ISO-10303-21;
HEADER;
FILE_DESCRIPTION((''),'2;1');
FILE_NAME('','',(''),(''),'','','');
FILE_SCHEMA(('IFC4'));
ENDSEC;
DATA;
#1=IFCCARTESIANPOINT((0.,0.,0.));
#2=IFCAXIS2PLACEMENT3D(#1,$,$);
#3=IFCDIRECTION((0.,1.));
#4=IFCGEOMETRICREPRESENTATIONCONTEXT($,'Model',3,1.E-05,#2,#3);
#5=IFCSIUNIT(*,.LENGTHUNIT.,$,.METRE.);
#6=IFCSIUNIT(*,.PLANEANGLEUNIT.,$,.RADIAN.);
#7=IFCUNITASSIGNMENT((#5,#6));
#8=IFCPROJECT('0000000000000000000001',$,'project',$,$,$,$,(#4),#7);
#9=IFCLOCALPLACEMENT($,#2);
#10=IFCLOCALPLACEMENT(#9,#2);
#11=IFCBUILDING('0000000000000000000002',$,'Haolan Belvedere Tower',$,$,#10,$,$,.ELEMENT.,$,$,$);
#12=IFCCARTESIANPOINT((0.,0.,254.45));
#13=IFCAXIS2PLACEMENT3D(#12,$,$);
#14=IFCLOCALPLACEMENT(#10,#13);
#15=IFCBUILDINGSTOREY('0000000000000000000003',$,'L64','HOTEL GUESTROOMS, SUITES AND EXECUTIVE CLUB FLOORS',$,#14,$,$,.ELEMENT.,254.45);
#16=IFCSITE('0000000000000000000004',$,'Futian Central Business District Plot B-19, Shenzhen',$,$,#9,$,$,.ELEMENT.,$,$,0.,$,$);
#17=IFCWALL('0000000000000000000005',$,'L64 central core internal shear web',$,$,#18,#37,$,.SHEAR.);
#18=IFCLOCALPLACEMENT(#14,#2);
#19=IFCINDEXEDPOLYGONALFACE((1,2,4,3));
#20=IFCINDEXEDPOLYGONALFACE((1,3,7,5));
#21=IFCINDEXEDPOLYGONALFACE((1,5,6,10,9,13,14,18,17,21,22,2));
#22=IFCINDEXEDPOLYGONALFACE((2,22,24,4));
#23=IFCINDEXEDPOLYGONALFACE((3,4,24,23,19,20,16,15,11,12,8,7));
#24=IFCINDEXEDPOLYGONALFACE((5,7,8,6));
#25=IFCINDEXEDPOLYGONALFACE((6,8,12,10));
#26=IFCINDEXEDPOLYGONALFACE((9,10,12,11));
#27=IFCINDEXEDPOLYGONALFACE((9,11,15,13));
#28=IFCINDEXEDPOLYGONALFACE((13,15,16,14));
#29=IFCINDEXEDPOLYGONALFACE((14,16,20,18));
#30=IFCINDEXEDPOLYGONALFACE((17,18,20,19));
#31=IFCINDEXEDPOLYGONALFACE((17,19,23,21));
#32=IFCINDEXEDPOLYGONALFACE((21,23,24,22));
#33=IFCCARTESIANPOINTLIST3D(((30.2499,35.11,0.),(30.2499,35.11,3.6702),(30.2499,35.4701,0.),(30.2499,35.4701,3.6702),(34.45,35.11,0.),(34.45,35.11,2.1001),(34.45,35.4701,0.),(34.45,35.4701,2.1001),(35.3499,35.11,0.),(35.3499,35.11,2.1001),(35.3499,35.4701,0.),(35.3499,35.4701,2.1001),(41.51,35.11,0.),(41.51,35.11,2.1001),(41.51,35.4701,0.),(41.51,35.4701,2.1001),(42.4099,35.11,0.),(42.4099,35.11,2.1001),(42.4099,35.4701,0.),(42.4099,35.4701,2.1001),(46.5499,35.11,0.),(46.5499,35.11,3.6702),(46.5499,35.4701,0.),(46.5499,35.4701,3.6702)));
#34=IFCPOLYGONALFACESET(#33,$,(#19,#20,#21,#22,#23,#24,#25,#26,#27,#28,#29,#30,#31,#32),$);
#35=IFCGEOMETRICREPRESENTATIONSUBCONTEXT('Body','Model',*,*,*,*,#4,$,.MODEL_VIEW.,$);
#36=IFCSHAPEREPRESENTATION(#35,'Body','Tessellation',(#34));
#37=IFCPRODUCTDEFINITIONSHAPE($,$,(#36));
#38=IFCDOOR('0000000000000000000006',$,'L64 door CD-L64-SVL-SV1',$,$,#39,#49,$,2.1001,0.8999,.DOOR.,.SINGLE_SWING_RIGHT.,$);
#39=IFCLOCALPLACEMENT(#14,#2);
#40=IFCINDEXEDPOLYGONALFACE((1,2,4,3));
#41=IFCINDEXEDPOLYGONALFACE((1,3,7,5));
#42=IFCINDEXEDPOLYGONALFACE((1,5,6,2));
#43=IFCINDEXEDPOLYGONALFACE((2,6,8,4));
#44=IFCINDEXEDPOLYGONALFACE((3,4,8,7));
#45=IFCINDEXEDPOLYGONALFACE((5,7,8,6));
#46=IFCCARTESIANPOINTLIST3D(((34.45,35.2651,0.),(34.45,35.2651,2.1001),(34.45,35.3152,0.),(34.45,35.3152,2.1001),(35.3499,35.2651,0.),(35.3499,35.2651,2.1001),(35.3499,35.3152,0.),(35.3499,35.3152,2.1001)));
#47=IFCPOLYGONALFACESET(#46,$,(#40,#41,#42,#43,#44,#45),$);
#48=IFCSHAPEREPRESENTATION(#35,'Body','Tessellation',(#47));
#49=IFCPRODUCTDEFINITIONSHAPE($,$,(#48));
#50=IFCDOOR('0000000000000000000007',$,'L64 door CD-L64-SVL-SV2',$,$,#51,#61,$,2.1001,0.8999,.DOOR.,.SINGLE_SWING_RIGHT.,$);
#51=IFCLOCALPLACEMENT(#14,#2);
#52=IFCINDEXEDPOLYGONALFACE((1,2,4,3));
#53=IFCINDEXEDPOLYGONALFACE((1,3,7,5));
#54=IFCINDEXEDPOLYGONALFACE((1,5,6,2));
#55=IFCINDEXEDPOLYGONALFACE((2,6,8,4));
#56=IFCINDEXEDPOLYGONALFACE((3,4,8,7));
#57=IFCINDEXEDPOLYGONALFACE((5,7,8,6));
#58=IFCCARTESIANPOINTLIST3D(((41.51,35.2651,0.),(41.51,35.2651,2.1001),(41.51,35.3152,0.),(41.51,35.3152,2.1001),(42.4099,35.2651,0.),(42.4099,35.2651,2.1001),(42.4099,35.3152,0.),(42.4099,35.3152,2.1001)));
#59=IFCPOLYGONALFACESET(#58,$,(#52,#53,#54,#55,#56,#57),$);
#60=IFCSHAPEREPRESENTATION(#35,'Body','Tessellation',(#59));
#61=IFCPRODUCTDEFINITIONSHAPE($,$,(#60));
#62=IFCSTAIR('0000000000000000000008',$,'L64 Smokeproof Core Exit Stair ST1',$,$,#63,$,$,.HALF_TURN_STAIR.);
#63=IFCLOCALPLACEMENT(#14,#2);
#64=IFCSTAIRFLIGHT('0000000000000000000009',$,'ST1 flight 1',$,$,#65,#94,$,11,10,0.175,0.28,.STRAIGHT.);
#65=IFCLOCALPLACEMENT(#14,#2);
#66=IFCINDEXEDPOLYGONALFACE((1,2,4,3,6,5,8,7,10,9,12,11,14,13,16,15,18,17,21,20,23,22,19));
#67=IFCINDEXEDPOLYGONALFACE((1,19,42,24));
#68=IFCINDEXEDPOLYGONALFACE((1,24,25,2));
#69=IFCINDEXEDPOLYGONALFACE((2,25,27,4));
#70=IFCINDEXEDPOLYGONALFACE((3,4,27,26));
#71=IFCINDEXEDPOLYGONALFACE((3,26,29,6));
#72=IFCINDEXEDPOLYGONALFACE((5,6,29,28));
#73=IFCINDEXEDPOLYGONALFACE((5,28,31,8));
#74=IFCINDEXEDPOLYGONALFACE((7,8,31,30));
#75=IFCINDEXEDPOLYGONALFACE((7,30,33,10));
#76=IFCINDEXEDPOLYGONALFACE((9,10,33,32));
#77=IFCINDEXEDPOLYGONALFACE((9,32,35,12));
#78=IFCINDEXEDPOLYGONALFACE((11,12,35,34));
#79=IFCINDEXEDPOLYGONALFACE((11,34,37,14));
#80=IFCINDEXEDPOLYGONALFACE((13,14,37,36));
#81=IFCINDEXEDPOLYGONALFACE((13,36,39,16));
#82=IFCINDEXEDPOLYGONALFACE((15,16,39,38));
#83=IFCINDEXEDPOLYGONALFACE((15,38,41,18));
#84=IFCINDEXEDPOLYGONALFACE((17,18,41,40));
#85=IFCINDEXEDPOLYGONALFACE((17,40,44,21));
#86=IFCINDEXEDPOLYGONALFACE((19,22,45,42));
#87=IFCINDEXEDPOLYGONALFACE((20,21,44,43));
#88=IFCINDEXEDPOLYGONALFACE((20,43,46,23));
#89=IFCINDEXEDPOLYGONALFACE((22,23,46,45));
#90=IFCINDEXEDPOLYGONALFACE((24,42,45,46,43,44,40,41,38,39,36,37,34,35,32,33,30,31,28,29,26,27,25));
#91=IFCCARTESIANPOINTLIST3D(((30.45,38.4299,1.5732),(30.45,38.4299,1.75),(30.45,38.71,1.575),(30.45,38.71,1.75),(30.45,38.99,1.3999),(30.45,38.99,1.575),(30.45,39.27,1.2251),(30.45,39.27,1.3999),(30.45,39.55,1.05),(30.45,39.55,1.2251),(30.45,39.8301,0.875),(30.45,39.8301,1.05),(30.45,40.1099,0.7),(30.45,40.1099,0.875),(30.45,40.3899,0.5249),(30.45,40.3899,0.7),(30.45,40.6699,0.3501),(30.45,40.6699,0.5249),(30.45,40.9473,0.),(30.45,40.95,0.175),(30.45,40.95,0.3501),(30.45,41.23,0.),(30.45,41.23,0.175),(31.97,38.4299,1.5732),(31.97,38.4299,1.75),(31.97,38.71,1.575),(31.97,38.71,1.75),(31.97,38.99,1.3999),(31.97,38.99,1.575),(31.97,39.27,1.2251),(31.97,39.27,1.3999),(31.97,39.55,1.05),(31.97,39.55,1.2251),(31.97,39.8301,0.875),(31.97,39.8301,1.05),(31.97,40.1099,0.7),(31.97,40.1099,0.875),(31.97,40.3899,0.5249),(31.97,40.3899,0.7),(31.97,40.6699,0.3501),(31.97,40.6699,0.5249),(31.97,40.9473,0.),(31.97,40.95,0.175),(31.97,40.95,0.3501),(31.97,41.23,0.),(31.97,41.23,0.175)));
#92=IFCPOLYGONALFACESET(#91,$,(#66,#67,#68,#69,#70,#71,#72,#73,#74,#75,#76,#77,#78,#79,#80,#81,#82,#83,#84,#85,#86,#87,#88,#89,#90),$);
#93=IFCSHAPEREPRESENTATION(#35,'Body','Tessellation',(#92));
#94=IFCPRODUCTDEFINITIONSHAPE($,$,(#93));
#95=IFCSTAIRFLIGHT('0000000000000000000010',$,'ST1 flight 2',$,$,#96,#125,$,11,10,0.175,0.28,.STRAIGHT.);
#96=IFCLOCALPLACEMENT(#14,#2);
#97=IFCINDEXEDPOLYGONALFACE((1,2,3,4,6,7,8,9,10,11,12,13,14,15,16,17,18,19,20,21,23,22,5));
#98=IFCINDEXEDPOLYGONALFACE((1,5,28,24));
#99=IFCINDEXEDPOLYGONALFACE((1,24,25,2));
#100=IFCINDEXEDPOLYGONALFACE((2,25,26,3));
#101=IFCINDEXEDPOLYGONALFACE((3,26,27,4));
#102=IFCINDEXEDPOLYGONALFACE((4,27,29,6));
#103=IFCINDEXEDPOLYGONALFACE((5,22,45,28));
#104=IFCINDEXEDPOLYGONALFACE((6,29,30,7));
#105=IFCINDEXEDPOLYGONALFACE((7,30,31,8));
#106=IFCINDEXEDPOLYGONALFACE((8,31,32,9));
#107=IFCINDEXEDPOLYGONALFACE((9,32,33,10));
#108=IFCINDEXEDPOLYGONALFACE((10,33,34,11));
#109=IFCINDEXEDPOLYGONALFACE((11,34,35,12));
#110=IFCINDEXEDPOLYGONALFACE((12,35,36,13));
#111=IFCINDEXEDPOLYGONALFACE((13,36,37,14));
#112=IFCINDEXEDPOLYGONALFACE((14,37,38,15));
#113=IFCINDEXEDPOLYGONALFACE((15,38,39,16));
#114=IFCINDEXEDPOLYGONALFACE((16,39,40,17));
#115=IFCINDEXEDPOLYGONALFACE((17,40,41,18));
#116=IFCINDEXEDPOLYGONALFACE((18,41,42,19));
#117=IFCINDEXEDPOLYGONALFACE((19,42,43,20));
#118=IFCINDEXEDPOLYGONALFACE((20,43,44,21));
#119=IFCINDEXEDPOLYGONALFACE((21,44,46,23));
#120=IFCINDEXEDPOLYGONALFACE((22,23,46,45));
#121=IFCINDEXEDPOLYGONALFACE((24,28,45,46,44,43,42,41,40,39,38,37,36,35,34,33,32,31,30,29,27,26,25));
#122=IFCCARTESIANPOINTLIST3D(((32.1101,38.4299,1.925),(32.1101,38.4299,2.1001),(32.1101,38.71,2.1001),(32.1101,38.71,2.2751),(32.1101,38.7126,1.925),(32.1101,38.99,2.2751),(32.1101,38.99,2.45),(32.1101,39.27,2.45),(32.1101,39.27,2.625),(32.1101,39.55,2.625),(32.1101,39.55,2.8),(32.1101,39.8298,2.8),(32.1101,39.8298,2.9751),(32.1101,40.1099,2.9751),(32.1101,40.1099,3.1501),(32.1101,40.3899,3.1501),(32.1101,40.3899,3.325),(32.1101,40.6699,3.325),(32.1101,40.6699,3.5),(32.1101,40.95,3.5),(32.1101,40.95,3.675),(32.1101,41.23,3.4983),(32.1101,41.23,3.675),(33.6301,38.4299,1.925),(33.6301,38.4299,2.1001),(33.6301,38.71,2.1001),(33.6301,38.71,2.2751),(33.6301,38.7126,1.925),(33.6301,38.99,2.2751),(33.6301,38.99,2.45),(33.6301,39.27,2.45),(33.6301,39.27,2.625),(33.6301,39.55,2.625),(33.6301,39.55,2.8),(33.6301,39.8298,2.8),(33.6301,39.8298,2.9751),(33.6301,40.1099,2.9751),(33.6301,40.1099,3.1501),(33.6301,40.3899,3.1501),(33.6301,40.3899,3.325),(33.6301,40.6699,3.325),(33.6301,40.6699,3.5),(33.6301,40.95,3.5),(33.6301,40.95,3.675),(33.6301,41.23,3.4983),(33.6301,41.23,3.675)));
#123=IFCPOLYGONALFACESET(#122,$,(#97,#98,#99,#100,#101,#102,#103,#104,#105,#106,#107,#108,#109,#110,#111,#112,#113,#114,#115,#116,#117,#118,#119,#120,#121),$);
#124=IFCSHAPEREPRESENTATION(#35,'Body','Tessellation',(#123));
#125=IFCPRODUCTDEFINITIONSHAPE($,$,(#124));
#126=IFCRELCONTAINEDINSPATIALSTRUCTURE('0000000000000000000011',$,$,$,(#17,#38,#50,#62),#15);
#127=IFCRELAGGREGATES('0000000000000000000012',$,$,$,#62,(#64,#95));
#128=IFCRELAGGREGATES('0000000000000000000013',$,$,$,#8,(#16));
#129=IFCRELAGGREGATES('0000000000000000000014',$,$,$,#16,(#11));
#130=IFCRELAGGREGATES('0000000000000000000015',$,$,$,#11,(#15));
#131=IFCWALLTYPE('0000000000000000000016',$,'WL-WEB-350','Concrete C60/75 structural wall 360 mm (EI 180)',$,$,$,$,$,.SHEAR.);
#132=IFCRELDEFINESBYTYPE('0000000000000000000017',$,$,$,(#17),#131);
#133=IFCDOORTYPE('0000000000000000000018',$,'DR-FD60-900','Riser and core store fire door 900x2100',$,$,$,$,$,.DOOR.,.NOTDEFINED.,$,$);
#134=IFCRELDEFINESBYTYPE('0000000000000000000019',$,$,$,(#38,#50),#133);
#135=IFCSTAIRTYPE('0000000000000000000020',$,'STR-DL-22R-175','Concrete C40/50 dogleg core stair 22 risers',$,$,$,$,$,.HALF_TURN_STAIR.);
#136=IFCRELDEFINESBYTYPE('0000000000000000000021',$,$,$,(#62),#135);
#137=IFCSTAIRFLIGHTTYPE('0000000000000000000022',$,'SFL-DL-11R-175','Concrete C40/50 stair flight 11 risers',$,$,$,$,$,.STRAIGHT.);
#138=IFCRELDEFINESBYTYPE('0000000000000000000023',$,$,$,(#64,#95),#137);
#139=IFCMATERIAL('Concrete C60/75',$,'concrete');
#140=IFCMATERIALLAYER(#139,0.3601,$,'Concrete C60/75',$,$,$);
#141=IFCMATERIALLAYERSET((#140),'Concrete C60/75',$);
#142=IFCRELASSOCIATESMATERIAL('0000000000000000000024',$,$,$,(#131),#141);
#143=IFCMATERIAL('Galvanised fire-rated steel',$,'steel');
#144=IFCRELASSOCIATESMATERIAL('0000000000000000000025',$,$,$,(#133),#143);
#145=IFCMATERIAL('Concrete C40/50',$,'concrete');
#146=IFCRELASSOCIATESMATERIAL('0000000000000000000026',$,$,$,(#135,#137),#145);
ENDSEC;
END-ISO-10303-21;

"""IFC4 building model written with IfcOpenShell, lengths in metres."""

from ifc_helpers import new_model, si_unit, direction, frame, frame_2d, origin, place, context, subcontext, project, spatial, polyline, rectangle, outline, extrude, material, layer, layer_set, type_object, element, fill, aggregate, save


model = new_model("IFC4")

# Units and contexts
model_context = context("Model", 3, precision=1e-05, world=origin(), true_north=direction((0.0, 1.0)))
body_context = subcontext(model_context, "Body", "Model", "MODEL_VIEW")
ifc_project = project(units=[si_unit("LENGTHUNIT", "METRE"), si_unit("PLANEANGLEUNIT", "RADIAN")], contexts=[model_context])

# Site, building, storey
site_placement = place(None, origin())
site = spatial("IfcSite", under=ifc_project, at=site_placement, Name="Futian Central Business District Plot B-19, Shenzhen", CompositionType="ELEMENT", RefElevation=0.0)
building_placement = place(site_placement, origin())
building = spatial("IfcBuilding", under=site, at=building_placement, Name="Haolan Belvedere Tower", CompositionType="ELEMENT")
storey_placement = place(building_placement, frame((0.0, 0.0, 254.45)))
storey = spatial("IfcBuildingStorey", under=building, at=storey_placement, Name="L64", Description="HOTEL GUESTROOMS, SUITES AND EXECUTIVE CLUB FLOORS", CompositionType="ELEMENT", Elevation=254.45)

# Wall, openings, doors
ifc_material_1 = material(Name="Concrete C60/75", Category="concrete")
ifc_layer_1 = layer(ifc_material_1, 0.3601, Name="Concrete C60/75")
ifc_layer_set_1 = layer_set([ifc_layer_1], Name="Concrete C60/75")
wall_type_1 = type_object("IfcWallType", Name="WL-WEB-350", Description="Concrete C60/75 structural wall 360 mm (EI 180)", PredefinedType="SHEAR", material=ifc_layer_set_1)
wall_1_placement = place(storey_placement, frame((30.25, 35.29, 0.0), z_axis=(0.0, 0.0, 1.0), x_axis=(1.0, 0.0, 0.0)))
wall_1 = element("IfcWall", 1, at=wall_1_placement, inside=storey, type_object=wall_type_1, Name="L64 central core internal shear web", PredefinedType="SHEAR", context=body_context, shape_type="SweptSolid", body=[
    extrude(rectangle(XDim=16.3, YDim=0.3601, at=frame_2d((8.1499, 0.0))), origin(), (0.0, 0.0, 1.0), 3.6702),
])
opening_1_placement = place(wall_1_placement, frame((5.0999, 0.0, 0.0), z_axis=(0.0, 0.0, 1.0), x_axis=(-1.0, 0.0, 0.0)))
opening_1 = element("IfcOpeningElement", 2, at=opening_1_placement, cuts=wall_1, PredefinedType="OPENING", context=body_context, shape_type="SweptSolid", body=[
    extrude(rectangle(XDim=0.8999, YDim=2.1001, at=frame_2d((0.45, 1.05))), frame((0.0, 0.1899, 0.0), z_axis=(0.0, -1.0, 0.0), x_axis=(1.0, 0.0, 0.0)), (0.0, 0.0, 1.0), 0.3801),
])
opening_2_placement = place(wall_1_placement, frame((12.1599, 0.0, 0.0), z_axis=(0.0, 0.0, 1.0), x_axis=(-1.0, 0.0, 0.0)))
opening_2 = element("IfcOpeningElement", 3, at=opening_2_placement, cuts=wall_1, PredefinedType="OPENING", context=body_context, shape_type="SweptSolid", body=[
    extrude(rectangle(XDim=0.8999, YDim=2.1001, at=frame_2d((0.45, 1.05))), frame((0.0, 0.1899, 0.0), z_axis=(0.0, -1.0, 0.0), x_axis=(1.0, 0.0, 0.0)), (0.0, 0.0, 1.0), 0.3801),
])
ifc_material_2 = material(Name="Galvanised fire-rated steel", Category="steel")
door_type_1 = type_object("IfcDoorType", Name="DR-FD60-900", Description="Riser and core store fire door 900x2100", OperationType="NOTDEFINED", PredefinedType="DOOR", material=ifc_material_2)
door_1_placement = place(opening_1_placement, origin())
door_1 = element("IfcDoor", 4, at=door_1_placement, inside=storey, type_object=door_type_1, Name="L64 door CD-L64-SVL-SV1", OperationType="SINGLE_SWING_RIGHT", OverallHeight=2.1001, OverallWidth=0.8999, PredefinedType="DOOR", context=body_context, shape_type="SweptSolid", body=[
    extrude(rectangle(XDim=0.8999, YDim=2.1001, at=frame_2d((0.45, 1.05))), frame((0.0, 0.0249, 0.0), z_axis=(0.0, -1.0, 0.0), x_axis=(1.0, 0.0, 0.0)), (0.0, 0.0, 1.0), 0.05),
])
fill(opening_1, door_1)
door_2_placement = place(opening_2_placement, origin())
door_2 = element("IfcDoor", 5, at=door_2_placement, inside=storey, type_object=door_type_1, Name="L64 door CD-L64-SVL-SV2", OperationType="SINGLE_SWING_RIGHT", OverallHeight=2.1001, OverallWidth=0.8999, PredefinedType="DOOR", context=body_context, shape_type="SweptSolid", body=[
    extrude(rectangle(XDim=0.8999, YDim=2.1001, at=frame_2d((0.45, 1.05))), frame((0.0, 0.0249, 0.0), z_axis=(0.0, -1.0, 0.0), x_axis=(1.0, 0.0, 0.0)), (0.0, 0.0, 1.0), 0.05),
])
fill(opening_2, door_2)

# Stair, stair flights
ifc_material_3 = material(Name="Concrete C40/50", Category="concrete")
stair_type = type_object("IfcStairType", Name="STR-DL-22R-175", Description="Concrete C40/50 dogleg core stair 22 risers", PredefinedType="HALF_TURN_STAIR", material=ifc_material_3)
stair_placement = place(storey_placement, origin())
stair = element("IfcStair", 6, at=stair_placement, inside=storey, type_object=stair_type, Name="L64 Smokeproof Core Exit Stair ST1", PredefinedType="HALF_TURN_STAIR")
stair_flight_type = type_object("IfcStairFlightType", Name="SFL-DL-11R-175", Description="Concrete C40/50 stair flight 11 risers", PredefinedType="STRAIGHT", material=ifc_material_3)
stair_flight_1_placement = place(storey_placement, frame((31.21, 41.23, 0.0), z_axis=(0.0, 0.0, 1.0), x_axis=(0.0, -1.0, 0.0)))
stair_flight_1 = element("IfcStairFlight", 7, at=stair_flight_1_placement, type_object=stair_flight_type, Name="ST1 flight 1", NumberOfRisers=11, NumberOfTreads=10, PredefinedType="STRAIGHT", RiserHeight=0.175, TreadLength=0.28, context=body_context, shape_type="SweptSolid", body=[
    extrude(outline(polyline([(0.0, 0.0), (0.0, 0.175), (0.28, 0.175), (0.28, 0.3501), (0.5601, 0.3501), (0.5601, 0.5249), (0.8401, 0.5249), (0.8401, 0.7), (1.1201, 0.7), (1.1201, 0.875), (1.3999, 0.875), (1.3999, 1.05), (1.6799, 1.05), (1.6799, 1.2251), (1.96, 1.2251), (1.96, 1.3999), (2.24, 1.3999), (2.24, 1.575), (2.52, 1.575), (2.52, 1.75), (2.8, 1.75), (2.8, 1.925), (2.8, 1.5732), (0.2827, 0.0), (0.0, 0.0)])), frame((0.0, 0.76, 0.0), z_axis=(0.0, -1.0, 0.0), x_axis=(1.0, 0.0, 0.0)), (0.0, 0.0, 1.0), 1.52),
])
stair_flight_2_placement = place(storey_placement, frame((32.8701, 38.4299, 1.925), z_axis=(0.0, 0.0, 1.0), x_axis=(0.0, 1.0, 0.0)))
stair_flight_2 = element("IfcStairFlight", 8, at=stair_flight_2_placement, type_object=stair_flight_type, Name="ST1 flight 2", NumberOfRisers=11, NumberOfTreads=10, PredefinedType="STRAIGHT", RiserHeight=0.175, TreadLength=0.28, context=body_context, shape_type="SweptSolid", body=[
    extrude(outline(polyline([(0.0, 0.0), (0.0, 0.175), (0.28, 0.175), (0.28, 0.3501), (0.5601, 0.3501), (0.5601, 0.5249), (0.8401, 0.5249), (0.8401, 0.7), (1.1201, 0.7), (1.1201, 0.875), (1.3999, 0.875), (1.3999, 1.05), (1.6799, 1.05), (1.6799, 1.2251), (1.96, 1.2251), (1.96, 1.3999), (2.24, 1.3999), (2.24, 1.575), (2.52, 1.575), (2.52, 1.75), (2.8, 1.75), (2.8, 1.925), (2.8, 1.5732), (0.2827, 0.0), (0.0, 0.0)])), frame((0.0, 0.76, 0.0), z_axis=(0.0, -1.0, 0.0), x_axis=(1.0, 0.0, 0.0)), (0.0, 0.0, 1.0), 1.52),
])
aggregate(stair, [stair_flight_1, stair_flight_2])

save(model, "model.ifc")
